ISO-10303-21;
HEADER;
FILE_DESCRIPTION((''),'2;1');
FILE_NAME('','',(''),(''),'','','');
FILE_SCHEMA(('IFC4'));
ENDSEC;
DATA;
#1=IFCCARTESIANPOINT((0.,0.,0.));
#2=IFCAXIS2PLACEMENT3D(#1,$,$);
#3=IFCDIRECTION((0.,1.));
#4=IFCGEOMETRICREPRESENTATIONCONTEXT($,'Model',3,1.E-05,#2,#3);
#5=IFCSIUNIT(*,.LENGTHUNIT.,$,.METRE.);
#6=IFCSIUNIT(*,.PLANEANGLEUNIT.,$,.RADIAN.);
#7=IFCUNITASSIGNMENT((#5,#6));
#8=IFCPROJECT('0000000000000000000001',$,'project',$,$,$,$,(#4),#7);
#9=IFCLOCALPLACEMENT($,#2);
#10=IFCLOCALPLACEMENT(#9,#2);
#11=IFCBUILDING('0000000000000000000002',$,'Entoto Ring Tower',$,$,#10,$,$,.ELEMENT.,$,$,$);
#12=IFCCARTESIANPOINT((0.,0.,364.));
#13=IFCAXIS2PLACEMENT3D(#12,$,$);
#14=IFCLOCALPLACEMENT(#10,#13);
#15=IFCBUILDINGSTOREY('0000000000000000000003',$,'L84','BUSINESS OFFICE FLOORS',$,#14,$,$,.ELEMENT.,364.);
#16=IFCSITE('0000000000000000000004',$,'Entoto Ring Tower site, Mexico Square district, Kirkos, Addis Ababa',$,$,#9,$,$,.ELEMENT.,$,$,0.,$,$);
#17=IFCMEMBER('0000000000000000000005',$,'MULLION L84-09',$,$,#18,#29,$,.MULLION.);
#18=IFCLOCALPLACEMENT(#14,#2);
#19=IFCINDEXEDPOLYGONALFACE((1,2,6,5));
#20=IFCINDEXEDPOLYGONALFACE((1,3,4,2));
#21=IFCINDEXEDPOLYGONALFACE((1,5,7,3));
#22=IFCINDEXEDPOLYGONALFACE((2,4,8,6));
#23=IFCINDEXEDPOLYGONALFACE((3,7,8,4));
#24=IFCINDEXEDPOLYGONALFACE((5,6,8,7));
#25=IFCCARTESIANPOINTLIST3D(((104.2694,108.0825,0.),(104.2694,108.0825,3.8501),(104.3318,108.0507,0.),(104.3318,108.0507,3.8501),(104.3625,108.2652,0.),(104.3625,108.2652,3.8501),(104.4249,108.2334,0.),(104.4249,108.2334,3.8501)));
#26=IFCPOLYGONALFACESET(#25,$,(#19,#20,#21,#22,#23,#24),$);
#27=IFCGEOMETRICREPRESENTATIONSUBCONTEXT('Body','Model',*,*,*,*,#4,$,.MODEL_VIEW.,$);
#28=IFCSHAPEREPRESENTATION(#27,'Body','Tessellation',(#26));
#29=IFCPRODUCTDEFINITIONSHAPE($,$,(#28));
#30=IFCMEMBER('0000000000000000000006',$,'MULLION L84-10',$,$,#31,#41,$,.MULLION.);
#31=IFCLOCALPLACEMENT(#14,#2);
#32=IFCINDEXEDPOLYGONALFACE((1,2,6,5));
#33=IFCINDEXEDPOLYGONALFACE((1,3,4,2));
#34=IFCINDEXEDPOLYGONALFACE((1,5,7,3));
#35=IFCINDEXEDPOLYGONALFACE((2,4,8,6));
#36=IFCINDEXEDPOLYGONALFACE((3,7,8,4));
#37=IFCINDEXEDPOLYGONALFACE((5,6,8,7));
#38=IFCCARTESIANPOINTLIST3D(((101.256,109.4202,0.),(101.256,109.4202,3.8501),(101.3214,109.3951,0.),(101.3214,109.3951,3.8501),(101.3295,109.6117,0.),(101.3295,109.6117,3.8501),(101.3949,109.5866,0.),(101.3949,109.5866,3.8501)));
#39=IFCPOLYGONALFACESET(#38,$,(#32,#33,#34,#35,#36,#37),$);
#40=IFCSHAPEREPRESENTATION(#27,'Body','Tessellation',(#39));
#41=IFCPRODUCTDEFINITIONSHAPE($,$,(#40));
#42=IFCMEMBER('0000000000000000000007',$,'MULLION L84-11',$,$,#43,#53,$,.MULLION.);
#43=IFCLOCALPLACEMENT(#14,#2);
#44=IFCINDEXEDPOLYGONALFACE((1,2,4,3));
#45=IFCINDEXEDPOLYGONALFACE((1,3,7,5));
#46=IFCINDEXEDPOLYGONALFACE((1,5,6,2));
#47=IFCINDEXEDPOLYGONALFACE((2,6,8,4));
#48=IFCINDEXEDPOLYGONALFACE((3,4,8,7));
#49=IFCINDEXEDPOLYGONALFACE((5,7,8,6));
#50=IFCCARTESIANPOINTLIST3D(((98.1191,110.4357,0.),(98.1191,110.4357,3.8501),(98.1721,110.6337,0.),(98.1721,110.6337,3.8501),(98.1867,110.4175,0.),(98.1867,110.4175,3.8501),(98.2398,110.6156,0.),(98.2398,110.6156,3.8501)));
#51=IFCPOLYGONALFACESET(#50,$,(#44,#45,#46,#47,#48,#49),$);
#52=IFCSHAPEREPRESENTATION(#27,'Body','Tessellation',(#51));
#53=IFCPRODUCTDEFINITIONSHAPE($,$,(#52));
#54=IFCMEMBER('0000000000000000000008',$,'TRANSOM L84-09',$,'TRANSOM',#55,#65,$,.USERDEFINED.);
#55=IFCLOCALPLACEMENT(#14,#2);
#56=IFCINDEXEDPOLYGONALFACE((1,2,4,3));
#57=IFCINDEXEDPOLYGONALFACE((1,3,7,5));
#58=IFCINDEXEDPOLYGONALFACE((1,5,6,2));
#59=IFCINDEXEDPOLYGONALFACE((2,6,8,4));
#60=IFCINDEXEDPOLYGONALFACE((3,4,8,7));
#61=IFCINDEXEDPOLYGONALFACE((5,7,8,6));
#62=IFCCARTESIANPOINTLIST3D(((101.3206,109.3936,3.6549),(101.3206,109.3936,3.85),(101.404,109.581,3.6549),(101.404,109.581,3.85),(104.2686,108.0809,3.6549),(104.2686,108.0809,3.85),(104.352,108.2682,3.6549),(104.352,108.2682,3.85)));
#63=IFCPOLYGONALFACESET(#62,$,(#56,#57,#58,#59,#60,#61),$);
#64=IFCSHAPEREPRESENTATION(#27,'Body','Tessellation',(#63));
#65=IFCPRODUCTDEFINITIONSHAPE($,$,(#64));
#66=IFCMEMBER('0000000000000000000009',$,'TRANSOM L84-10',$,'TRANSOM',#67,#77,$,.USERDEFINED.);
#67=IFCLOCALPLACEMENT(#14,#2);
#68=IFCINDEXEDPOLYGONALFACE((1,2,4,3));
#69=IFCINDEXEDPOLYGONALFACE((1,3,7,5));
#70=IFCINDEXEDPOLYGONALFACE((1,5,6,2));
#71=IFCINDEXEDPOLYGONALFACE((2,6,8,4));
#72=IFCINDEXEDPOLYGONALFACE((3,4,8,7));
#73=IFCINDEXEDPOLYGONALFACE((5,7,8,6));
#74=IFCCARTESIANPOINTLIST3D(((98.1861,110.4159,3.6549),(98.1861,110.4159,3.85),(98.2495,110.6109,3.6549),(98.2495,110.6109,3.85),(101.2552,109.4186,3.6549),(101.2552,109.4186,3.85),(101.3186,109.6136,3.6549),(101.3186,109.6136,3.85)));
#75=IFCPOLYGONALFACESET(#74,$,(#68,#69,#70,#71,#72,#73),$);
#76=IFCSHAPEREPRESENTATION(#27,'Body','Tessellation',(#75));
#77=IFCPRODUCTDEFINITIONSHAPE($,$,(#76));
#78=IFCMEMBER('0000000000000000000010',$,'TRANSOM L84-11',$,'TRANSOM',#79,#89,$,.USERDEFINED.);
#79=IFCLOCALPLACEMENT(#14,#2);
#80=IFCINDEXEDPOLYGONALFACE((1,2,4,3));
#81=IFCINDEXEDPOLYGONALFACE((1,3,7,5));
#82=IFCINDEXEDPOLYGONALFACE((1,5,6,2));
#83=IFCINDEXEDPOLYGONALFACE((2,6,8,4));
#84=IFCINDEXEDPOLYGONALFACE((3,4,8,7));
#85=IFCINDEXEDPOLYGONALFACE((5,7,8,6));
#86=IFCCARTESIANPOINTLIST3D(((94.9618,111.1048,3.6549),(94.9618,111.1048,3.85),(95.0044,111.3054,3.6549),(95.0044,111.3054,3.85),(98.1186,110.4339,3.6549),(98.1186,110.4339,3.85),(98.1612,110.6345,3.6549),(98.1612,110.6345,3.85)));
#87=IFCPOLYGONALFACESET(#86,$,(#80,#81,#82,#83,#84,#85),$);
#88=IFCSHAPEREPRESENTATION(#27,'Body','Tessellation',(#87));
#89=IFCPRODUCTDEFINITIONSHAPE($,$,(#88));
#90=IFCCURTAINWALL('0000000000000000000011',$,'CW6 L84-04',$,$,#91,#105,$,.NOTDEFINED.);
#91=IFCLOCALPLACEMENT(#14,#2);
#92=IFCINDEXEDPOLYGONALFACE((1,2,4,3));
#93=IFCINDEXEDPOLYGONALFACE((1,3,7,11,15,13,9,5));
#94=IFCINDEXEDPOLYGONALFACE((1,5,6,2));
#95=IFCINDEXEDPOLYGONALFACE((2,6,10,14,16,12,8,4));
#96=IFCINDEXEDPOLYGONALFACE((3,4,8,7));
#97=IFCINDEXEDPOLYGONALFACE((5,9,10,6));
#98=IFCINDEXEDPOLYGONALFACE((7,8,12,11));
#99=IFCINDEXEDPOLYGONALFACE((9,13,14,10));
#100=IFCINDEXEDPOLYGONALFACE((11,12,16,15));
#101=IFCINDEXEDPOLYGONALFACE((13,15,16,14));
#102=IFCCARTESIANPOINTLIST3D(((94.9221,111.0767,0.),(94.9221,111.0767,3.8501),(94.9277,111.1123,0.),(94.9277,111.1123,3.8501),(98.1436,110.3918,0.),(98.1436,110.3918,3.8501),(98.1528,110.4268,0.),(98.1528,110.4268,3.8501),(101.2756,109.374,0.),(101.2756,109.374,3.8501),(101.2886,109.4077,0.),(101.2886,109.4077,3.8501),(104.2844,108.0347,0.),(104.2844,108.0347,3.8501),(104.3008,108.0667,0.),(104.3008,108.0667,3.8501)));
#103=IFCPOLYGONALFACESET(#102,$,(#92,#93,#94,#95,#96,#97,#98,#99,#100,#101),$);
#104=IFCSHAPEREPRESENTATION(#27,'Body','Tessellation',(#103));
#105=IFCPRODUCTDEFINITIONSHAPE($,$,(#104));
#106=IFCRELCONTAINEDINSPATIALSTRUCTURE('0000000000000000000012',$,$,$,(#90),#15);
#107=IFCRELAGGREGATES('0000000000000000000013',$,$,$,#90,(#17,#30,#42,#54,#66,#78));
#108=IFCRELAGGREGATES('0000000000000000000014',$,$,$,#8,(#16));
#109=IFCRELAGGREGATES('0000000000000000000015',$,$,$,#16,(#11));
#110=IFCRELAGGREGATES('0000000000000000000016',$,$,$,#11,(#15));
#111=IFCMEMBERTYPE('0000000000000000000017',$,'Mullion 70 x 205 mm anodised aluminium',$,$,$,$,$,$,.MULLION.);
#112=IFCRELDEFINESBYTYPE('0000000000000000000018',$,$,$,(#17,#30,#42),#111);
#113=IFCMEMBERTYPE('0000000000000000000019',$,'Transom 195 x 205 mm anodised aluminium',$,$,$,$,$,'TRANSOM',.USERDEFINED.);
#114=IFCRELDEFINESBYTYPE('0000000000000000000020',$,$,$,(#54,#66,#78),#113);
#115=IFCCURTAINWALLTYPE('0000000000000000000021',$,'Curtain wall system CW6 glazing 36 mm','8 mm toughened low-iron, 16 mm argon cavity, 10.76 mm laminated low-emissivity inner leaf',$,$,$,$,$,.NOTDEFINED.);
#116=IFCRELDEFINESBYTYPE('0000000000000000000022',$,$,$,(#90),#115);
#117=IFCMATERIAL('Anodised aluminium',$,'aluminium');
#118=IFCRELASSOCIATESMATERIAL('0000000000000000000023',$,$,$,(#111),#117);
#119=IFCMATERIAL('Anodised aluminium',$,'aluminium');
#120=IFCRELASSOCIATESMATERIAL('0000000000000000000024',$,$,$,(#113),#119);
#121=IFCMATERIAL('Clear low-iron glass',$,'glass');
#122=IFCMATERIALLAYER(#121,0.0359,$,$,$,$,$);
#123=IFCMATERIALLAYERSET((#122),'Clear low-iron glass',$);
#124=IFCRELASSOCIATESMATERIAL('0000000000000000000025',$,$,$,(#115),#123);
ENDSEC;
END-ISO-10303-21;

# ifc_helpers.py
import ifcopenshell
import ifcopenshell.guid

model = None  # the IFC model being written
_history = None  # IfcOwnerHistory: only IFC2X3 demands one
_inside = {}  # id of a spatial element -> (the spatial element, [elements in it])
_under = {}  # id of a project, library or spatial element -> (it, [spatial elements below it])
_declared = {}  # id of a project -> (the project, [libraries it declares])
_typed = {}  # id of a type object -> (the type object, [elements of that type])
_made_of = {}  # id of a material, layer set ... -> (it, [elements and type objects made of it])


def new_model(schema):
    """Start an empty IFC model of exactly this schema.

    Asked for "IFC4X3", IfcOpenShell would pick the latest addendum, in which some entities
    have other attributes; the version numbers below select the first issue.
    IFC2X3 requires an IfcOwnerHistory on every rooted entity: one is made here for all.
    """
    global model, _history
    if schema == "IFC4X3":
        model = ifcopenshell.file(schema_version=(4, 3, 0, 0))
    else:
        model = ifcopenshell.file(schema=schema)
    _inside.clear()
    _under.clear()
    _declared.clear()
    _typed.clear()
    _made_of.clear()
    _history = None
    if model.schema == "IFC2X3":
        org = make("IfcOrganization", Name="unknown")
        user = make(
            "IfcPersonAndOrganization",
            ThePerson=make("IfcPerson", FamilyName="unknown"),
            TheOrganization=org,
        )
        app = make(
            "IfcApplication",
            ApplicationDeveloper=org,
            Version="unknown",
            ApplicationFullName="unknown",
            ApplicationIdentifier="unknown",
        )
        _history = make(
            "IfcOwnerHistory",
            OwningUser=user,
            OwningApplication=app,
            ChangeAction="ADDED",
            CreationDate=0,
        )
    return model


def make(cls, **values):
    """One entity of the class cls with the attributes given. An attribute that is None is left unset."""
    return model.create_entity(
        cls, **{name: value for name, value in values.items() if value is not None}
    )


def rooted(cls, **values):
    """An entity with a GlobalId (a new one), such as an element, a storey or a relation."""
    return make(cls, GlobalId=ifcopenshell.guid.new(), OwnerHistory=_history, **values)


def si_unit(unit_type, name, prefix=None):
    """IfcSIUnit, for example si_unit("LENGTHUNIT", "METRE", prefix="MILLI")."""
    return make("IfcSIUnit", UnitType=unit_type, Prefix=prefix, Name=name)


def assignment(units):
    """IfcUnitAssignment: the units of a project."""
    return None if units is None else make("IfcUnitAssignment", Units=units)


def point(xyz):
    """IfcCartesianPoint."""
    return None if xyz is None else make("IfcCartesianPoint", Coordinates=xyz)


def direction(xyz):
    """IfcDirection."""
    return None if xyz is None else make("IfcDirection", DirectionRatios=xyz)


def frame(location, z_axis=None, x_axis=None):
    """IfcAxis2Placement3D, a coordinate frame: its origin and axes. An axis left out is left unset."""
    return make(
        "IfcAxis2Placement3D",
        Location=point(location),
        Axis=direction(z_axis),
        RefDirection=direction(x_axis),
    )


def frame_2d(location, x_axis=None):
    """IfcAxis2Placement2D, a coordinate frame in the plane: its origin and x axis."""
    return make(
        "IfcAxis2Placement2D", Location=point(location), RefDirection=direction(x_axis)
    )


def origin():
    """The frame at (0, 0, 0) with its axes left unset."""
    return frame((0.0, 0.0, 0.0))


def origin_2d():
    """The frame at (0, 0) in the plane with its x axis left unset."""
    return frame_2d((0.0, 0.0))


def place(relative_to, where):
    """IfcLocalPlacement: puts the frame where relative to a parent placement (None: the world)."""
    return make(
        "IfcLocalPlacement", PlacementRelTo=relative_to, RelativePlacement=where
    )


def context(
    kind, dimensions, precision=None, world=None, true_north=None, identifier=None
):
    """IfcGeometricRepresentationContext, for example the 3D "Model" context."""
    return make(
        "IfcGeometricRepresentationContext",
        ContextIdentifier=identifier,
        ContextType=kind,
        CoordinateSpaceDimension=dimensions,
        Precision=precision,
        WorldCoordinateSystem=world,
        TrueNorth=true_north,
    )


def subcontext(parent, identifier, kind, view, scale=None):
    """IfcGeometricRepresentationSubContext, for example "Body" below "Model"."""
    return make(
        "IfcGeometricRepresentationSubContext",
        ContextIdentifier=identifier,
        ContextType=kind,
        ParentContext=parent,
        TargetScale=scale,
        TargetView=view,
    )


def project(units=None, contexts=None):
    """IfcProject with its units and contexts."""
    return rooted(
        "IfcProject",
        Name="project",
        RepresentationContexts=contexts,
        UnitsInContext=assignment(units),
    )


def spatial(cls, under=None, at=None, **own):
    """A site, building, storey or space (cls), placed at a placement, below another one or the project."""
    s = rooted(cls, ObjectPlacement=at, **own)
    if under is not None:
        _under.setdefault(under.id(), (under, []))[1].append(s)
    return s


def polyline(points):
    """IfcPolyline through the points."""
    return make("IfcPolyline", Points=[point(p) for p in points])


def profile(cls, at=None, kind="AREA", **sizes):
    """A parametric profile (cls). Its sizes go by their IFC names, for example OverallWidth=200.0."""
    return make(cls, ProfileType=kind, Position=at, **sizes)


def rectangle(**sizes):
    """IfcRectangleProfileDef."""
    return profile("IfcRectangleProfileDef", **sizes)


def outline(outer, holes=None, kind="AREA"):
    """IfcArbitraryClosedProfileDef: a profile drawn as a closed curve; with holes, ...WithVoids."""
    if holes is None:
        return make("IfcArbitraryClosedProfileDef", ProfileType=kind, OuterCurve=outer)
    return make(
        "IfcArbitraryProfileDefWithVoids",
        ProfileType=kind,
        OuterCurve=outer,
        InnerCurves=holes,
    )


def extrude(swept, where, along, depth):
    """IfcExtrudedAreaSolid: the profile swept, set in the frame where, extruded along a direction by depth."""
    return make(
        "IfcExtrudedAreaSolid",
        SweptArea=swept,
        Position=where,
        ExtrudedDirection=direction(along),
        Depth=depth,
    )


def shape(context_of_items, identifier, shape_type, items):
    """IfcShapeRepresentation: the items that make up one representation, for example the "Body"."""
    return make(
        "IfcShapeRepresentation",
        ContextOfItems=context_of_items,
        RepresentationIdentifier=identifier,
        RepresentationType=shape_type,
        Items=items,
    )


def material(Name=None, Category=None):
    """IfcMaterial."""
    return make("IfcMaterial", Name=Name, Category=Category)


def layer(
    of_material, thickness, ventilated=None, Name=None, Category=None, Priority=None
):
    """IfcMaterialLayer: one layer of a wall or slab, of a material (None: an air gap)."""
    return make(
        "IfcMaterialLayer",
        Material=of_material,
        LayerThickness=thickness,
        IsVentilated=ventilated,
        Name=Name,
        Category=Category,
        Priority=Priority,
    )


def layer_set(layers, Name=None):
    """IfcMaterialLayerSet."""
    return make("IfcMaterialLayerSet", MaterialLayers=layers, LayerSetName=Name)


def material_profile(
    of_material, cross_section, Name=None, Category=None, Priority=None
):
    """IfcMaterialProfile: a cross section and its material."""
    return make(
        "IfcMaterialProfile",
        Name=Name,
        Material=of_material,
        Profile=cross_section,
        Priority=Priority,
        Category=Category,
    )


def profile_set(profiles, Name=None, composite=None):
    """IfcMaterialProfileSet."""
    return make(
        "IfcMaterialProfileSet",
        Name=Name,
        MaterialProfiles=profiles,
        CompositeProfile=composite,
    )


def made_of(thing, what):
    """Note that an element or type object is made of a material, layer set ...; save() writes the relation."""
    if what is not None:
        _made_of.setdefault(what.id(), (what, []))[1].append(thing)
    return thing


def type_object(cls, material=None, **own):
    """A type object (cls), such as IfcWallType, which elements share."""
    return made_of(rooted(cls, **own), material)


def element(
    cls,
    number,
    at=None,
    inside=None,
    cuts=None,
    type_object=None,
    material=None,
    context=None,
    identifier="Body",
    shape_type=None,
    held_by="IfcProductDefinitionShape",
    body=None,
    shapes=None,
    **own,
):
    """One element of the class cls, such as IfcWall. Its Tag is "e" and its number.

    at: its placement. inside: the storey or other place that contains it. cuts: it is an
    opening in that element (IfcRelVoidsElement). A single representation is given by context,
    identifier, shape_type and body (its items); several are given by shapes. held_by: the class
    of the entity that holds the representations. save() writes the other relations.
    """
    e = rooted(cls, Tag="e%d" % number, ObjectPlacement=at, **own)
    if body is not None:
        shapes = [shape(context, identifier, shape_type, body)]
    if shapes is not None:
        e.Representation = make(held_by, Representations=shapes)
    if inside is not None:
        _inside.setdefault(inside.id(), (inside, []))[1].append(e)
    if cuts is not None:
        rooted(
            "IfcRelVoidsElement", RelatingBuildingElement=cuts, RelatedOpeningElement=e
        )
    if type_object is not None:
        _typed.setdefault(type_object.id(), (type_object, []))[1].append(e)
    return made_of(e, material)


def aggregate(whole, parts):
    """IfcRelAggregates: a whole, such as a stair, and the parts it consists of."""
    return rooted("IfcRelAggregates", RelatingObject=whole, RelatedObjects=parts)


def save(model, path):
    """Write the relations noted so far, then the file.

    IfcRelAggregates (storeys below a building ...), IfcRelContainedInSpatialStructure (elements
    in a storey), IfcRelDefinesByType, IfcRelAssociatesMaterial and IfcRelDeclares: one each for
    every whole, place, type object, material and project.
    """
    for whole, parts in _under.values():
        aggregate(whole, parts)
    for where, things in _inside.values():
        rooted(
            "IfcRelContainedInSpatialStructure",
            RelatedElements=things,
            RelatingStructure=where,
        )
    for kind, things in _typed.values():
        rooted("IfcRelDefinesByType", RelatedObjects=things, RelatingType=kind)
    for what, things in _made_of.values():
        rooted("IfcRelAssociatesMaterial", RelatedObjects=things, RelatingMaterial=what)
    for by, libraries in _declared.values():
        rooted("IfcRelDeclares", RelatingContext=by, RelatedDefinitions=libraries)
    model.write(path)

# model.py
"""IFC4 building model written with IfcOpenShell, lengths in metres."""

from ifc_helpers import new_model, si_unit, direction, frame, origin, origin_2d, place, context, subcontext, project, spatial, polyline, rectangle, outline, extrude, material, layer, layer_set, material_profile, profile_set, type_object, element, aggregate, save


model = new_model("IFC4")

# Units and contexts
model_context = context("Model", 3, precision=1e-05, world=origin(), true_north=direction((0.0, 1.0)))
body_context = subcontext(model_context, "Body", "Model", "MODEL_VIEW")
ifc_project = project(units=[si_unit("LENGTHUNIT", "METRE"), si_unit("PLANEANGLEUNIT", "RADIAN")], contexts=[model_context])

# Members
ifc_material_1 = material(Name="Anodised aluminium", Category="aluminium")
ifc_material_profile_1 = material_profile(ifc_material_1, rectangle(XDim=0.0701, YDim=0.2051, at=origin_2d()), Name="Mullion 70 x 205 mm anodised aluminium")
ifc_profile_set_1 = profile_set([ifc_material_profile_1], Name="Anodised aluminium")
member_type_1 = type_object("IfcMemberType", Name="Mullion 70 x 205 mm anodised aluminium", PredefinedType="MULLION", material=ifc_profile_set_1)
site_placement = place(None, origin())
building_placement = place(site_placement, origin())
storey_placement = place(building_placement, frame((0.0, 0.0, 364.0)))
member_1_placement = place(storey_placement, frame((104.3472, 108.158, 0.0), z_axis=(0.0, 0.0, 1.0), x_axis=(-0.891007, 0.45399, 0.0)))
member_1 = element("IfcMember", 1, at=member_1_placement, type_object=member_type_1, Name="MULLION L84-09", PredefinedType="MULLION", context=body_context, shape_type="SweptSolid", body=[
    extrude(rectangle(XDim=0.0701, YDim=0.2051, at=origin_2d()), origin(), (0.0, 0.0, 1.0), 3.8501),
])
member_2_placement = place(storey_placement, frame((101.3254, 109.5034, 0.0), z_axis=(0.0, 0.0, 1.0), x_axis=(-0.93358, 0.358368, 0.0)))
member_2 = element("IfcMember", 2, at=member_2_placement, type_object=member_type_1, Name="MULLION L84-10", PredefinedType="MULLION", context=body_context, shape_type="SweptSolid", body=[
    extrude(rectangle(XDim=0.0701, YDim=0.2051, at=origin_2d()), origin(), (0.0, 0.0, 1.0), 3.8501),
])
member_3_placement = place(storey_placement, frame((98.1794, 110.5256, 0.0), z_axis=(0.0, 0.0, 1.0), x_axis=(-0.965926, 0.258819, 0.0)))
member_3 = element("IfcMember", 3, at=member_3_placement, type_object=member_type_1, Name="MULLION L84-11", PredefinedType="MULLION", context=body_context, shape_type="SweptSolid", body=[
    extrude(rectangle(XDim=0.0701, YDim=0.2051, at=origin_2d()), origin(), (0.0, 0.0, 1.0), 3.8501),
])
ifc_material_2 = material(Name="Anodised aluminium", Category="aluminium")
ifc_material_profile_2 = material_profile(ifc_material_2, rectangle(XDim=0.2051, YDim=0.1951, at=origin_2d()), Name="Transom 195 x 205 mm anodised aluminium")
ifc_profile_set_2 = profile_set([ifc_material_profile_2], Name="Anodised aluminium")
member_type_2 = type_object("IfcMemberType", Name="Transom 195 x 205 mm anodised aluminium", ElementType="TRANSOM", PredefinedType="USERDEFINED", material=ifc_profile_set_2)
member_4_placement = place(storey_placement, frame((104.3103, 108.1746, 3.7524), z_axis=(-0.913521, 0.406791, 0.0), x_axis=(-0.406791, -0.913521, 0.0)))
member_4 = element("IfcMember", 4, at=member_4_placement, type_object=member_type_2, Name="TRANSOM L84-09", ObjectType="TRANSOM", PredefinedType="USERDEFINED", context=body_context, shape_type="SweptSolid", body=[
    extrude(rectangle(XDim=0.2051, YDim=0.1951, at=origin_2d()), origin(), (0.0, 0.0, 1.0), 3.2271),
])
member_5_placement = place(storey_placement, frame((101.2869, 109.5161, 3.7524), z_axis=(-0.951047, 0.309047, 0.0), x_axis=(-0.309047, -0.951047, 0.0)))
member_5 = element("IfcMember", 5, at=member_5_placement, type_object=member_type_2, Name="TRANSOM L84-10", ObjectType="TRANSOM", PredefinedType="USERDEFINED", context=body_context, shape_type="SweptSolid", body=[
    extrude(rectangle(XDim=0.2051, YDim=0.1951, at=origin_2d()), origin(), (0.0, 0.0, 1.0), 3.2271),
])
member_6_placement = place(storey_placement, frame((98.1399, 110.5342, 3.7524), z_axis=(-0.978153, 0.207886, 0.0), x_axis=(-0.207886, -0.978153, 0.0)))
member_6 = element("IfcMember", 6, at=member_6_placement, type_object=member_type_2, Name="TRANSOM L84-11", ObjectType="TRANSOM", PredefinedType="USERDEFINED", context=body_context, shape_type="SweptSolid", body=[
    extrude(rectangle(XDim=0.2051, YDim=0.1951, at=origin_2d()), origin(), (0.0, 0.0, 1.0), 3.2273),
])

# Site, building, storey
site = spatial("IfcSite", under=ifc_project, at=site_placement, Name="Entoto Ring Tower site, Mexico Square district, Kirkos, Addis Ababa", CompositionType="ELEMENT", RefElevation=0.0)
building = spatial("IfcBuilding", under=site, at=building_placement, Name="Entoto Ring Tower", CompositionType="ELEMENT")
storey = spatial("IfcBuildingStorey", under=building, at=storey_placement, Name="L84", Description="BUSINESS OFFICE FLOORS", CompositionType="ELEMENT", Elevation=364.0)

# Curtain wall
ifc_material_3 = material(Name="Clear low-iron glass", Category="glass")
ifc_layer = layer(ifc_material_3, 0.0359)
ifc_layer_set = layer_set([ifc_layer], Name="Clear low-iron glass")
curtain_wall_type = type_object("IfcCurtainWallType", Name="Curtain wall system CW6 glazing 36 mm", Description="8 mm toughened low-iron, 16 mm argon cavity, 10.76 mm laminated low-emissivity inner leaf", PredefinedType="NOTDEFINED", material=ifc_layer_set)
curtain_wall_1_placement = place(storey_placement, origin())
curtain_wall_1 = element("IfcCurtainWall", 7, at=curtain_wall_1_placement, inside=storey, type_object=curtain_wall_type, Name="CW6 L84-04", PredefinedType="NOTDEFINED", context=body_context, shape_type="SweptSolid", body=[
    extrude(outline(polyline([(104.3008, 108.0667), (101.2886, 109.4077), (98.1528, 110.4268), (94.9277, 111.1123), (94.9221, 111.0767), (98.1436, 110.3918), (101.2756, 109.374), (104.2844, 108.0347), (104.3008, 108.0667)])), origin(), (0.0, 0.0, 1.0), 3.8501),
])
aggregate(curtain_wall_1, [member_1, member_2, member_3, member_4, member_5, member_6])

save(model, "model.ifc")
